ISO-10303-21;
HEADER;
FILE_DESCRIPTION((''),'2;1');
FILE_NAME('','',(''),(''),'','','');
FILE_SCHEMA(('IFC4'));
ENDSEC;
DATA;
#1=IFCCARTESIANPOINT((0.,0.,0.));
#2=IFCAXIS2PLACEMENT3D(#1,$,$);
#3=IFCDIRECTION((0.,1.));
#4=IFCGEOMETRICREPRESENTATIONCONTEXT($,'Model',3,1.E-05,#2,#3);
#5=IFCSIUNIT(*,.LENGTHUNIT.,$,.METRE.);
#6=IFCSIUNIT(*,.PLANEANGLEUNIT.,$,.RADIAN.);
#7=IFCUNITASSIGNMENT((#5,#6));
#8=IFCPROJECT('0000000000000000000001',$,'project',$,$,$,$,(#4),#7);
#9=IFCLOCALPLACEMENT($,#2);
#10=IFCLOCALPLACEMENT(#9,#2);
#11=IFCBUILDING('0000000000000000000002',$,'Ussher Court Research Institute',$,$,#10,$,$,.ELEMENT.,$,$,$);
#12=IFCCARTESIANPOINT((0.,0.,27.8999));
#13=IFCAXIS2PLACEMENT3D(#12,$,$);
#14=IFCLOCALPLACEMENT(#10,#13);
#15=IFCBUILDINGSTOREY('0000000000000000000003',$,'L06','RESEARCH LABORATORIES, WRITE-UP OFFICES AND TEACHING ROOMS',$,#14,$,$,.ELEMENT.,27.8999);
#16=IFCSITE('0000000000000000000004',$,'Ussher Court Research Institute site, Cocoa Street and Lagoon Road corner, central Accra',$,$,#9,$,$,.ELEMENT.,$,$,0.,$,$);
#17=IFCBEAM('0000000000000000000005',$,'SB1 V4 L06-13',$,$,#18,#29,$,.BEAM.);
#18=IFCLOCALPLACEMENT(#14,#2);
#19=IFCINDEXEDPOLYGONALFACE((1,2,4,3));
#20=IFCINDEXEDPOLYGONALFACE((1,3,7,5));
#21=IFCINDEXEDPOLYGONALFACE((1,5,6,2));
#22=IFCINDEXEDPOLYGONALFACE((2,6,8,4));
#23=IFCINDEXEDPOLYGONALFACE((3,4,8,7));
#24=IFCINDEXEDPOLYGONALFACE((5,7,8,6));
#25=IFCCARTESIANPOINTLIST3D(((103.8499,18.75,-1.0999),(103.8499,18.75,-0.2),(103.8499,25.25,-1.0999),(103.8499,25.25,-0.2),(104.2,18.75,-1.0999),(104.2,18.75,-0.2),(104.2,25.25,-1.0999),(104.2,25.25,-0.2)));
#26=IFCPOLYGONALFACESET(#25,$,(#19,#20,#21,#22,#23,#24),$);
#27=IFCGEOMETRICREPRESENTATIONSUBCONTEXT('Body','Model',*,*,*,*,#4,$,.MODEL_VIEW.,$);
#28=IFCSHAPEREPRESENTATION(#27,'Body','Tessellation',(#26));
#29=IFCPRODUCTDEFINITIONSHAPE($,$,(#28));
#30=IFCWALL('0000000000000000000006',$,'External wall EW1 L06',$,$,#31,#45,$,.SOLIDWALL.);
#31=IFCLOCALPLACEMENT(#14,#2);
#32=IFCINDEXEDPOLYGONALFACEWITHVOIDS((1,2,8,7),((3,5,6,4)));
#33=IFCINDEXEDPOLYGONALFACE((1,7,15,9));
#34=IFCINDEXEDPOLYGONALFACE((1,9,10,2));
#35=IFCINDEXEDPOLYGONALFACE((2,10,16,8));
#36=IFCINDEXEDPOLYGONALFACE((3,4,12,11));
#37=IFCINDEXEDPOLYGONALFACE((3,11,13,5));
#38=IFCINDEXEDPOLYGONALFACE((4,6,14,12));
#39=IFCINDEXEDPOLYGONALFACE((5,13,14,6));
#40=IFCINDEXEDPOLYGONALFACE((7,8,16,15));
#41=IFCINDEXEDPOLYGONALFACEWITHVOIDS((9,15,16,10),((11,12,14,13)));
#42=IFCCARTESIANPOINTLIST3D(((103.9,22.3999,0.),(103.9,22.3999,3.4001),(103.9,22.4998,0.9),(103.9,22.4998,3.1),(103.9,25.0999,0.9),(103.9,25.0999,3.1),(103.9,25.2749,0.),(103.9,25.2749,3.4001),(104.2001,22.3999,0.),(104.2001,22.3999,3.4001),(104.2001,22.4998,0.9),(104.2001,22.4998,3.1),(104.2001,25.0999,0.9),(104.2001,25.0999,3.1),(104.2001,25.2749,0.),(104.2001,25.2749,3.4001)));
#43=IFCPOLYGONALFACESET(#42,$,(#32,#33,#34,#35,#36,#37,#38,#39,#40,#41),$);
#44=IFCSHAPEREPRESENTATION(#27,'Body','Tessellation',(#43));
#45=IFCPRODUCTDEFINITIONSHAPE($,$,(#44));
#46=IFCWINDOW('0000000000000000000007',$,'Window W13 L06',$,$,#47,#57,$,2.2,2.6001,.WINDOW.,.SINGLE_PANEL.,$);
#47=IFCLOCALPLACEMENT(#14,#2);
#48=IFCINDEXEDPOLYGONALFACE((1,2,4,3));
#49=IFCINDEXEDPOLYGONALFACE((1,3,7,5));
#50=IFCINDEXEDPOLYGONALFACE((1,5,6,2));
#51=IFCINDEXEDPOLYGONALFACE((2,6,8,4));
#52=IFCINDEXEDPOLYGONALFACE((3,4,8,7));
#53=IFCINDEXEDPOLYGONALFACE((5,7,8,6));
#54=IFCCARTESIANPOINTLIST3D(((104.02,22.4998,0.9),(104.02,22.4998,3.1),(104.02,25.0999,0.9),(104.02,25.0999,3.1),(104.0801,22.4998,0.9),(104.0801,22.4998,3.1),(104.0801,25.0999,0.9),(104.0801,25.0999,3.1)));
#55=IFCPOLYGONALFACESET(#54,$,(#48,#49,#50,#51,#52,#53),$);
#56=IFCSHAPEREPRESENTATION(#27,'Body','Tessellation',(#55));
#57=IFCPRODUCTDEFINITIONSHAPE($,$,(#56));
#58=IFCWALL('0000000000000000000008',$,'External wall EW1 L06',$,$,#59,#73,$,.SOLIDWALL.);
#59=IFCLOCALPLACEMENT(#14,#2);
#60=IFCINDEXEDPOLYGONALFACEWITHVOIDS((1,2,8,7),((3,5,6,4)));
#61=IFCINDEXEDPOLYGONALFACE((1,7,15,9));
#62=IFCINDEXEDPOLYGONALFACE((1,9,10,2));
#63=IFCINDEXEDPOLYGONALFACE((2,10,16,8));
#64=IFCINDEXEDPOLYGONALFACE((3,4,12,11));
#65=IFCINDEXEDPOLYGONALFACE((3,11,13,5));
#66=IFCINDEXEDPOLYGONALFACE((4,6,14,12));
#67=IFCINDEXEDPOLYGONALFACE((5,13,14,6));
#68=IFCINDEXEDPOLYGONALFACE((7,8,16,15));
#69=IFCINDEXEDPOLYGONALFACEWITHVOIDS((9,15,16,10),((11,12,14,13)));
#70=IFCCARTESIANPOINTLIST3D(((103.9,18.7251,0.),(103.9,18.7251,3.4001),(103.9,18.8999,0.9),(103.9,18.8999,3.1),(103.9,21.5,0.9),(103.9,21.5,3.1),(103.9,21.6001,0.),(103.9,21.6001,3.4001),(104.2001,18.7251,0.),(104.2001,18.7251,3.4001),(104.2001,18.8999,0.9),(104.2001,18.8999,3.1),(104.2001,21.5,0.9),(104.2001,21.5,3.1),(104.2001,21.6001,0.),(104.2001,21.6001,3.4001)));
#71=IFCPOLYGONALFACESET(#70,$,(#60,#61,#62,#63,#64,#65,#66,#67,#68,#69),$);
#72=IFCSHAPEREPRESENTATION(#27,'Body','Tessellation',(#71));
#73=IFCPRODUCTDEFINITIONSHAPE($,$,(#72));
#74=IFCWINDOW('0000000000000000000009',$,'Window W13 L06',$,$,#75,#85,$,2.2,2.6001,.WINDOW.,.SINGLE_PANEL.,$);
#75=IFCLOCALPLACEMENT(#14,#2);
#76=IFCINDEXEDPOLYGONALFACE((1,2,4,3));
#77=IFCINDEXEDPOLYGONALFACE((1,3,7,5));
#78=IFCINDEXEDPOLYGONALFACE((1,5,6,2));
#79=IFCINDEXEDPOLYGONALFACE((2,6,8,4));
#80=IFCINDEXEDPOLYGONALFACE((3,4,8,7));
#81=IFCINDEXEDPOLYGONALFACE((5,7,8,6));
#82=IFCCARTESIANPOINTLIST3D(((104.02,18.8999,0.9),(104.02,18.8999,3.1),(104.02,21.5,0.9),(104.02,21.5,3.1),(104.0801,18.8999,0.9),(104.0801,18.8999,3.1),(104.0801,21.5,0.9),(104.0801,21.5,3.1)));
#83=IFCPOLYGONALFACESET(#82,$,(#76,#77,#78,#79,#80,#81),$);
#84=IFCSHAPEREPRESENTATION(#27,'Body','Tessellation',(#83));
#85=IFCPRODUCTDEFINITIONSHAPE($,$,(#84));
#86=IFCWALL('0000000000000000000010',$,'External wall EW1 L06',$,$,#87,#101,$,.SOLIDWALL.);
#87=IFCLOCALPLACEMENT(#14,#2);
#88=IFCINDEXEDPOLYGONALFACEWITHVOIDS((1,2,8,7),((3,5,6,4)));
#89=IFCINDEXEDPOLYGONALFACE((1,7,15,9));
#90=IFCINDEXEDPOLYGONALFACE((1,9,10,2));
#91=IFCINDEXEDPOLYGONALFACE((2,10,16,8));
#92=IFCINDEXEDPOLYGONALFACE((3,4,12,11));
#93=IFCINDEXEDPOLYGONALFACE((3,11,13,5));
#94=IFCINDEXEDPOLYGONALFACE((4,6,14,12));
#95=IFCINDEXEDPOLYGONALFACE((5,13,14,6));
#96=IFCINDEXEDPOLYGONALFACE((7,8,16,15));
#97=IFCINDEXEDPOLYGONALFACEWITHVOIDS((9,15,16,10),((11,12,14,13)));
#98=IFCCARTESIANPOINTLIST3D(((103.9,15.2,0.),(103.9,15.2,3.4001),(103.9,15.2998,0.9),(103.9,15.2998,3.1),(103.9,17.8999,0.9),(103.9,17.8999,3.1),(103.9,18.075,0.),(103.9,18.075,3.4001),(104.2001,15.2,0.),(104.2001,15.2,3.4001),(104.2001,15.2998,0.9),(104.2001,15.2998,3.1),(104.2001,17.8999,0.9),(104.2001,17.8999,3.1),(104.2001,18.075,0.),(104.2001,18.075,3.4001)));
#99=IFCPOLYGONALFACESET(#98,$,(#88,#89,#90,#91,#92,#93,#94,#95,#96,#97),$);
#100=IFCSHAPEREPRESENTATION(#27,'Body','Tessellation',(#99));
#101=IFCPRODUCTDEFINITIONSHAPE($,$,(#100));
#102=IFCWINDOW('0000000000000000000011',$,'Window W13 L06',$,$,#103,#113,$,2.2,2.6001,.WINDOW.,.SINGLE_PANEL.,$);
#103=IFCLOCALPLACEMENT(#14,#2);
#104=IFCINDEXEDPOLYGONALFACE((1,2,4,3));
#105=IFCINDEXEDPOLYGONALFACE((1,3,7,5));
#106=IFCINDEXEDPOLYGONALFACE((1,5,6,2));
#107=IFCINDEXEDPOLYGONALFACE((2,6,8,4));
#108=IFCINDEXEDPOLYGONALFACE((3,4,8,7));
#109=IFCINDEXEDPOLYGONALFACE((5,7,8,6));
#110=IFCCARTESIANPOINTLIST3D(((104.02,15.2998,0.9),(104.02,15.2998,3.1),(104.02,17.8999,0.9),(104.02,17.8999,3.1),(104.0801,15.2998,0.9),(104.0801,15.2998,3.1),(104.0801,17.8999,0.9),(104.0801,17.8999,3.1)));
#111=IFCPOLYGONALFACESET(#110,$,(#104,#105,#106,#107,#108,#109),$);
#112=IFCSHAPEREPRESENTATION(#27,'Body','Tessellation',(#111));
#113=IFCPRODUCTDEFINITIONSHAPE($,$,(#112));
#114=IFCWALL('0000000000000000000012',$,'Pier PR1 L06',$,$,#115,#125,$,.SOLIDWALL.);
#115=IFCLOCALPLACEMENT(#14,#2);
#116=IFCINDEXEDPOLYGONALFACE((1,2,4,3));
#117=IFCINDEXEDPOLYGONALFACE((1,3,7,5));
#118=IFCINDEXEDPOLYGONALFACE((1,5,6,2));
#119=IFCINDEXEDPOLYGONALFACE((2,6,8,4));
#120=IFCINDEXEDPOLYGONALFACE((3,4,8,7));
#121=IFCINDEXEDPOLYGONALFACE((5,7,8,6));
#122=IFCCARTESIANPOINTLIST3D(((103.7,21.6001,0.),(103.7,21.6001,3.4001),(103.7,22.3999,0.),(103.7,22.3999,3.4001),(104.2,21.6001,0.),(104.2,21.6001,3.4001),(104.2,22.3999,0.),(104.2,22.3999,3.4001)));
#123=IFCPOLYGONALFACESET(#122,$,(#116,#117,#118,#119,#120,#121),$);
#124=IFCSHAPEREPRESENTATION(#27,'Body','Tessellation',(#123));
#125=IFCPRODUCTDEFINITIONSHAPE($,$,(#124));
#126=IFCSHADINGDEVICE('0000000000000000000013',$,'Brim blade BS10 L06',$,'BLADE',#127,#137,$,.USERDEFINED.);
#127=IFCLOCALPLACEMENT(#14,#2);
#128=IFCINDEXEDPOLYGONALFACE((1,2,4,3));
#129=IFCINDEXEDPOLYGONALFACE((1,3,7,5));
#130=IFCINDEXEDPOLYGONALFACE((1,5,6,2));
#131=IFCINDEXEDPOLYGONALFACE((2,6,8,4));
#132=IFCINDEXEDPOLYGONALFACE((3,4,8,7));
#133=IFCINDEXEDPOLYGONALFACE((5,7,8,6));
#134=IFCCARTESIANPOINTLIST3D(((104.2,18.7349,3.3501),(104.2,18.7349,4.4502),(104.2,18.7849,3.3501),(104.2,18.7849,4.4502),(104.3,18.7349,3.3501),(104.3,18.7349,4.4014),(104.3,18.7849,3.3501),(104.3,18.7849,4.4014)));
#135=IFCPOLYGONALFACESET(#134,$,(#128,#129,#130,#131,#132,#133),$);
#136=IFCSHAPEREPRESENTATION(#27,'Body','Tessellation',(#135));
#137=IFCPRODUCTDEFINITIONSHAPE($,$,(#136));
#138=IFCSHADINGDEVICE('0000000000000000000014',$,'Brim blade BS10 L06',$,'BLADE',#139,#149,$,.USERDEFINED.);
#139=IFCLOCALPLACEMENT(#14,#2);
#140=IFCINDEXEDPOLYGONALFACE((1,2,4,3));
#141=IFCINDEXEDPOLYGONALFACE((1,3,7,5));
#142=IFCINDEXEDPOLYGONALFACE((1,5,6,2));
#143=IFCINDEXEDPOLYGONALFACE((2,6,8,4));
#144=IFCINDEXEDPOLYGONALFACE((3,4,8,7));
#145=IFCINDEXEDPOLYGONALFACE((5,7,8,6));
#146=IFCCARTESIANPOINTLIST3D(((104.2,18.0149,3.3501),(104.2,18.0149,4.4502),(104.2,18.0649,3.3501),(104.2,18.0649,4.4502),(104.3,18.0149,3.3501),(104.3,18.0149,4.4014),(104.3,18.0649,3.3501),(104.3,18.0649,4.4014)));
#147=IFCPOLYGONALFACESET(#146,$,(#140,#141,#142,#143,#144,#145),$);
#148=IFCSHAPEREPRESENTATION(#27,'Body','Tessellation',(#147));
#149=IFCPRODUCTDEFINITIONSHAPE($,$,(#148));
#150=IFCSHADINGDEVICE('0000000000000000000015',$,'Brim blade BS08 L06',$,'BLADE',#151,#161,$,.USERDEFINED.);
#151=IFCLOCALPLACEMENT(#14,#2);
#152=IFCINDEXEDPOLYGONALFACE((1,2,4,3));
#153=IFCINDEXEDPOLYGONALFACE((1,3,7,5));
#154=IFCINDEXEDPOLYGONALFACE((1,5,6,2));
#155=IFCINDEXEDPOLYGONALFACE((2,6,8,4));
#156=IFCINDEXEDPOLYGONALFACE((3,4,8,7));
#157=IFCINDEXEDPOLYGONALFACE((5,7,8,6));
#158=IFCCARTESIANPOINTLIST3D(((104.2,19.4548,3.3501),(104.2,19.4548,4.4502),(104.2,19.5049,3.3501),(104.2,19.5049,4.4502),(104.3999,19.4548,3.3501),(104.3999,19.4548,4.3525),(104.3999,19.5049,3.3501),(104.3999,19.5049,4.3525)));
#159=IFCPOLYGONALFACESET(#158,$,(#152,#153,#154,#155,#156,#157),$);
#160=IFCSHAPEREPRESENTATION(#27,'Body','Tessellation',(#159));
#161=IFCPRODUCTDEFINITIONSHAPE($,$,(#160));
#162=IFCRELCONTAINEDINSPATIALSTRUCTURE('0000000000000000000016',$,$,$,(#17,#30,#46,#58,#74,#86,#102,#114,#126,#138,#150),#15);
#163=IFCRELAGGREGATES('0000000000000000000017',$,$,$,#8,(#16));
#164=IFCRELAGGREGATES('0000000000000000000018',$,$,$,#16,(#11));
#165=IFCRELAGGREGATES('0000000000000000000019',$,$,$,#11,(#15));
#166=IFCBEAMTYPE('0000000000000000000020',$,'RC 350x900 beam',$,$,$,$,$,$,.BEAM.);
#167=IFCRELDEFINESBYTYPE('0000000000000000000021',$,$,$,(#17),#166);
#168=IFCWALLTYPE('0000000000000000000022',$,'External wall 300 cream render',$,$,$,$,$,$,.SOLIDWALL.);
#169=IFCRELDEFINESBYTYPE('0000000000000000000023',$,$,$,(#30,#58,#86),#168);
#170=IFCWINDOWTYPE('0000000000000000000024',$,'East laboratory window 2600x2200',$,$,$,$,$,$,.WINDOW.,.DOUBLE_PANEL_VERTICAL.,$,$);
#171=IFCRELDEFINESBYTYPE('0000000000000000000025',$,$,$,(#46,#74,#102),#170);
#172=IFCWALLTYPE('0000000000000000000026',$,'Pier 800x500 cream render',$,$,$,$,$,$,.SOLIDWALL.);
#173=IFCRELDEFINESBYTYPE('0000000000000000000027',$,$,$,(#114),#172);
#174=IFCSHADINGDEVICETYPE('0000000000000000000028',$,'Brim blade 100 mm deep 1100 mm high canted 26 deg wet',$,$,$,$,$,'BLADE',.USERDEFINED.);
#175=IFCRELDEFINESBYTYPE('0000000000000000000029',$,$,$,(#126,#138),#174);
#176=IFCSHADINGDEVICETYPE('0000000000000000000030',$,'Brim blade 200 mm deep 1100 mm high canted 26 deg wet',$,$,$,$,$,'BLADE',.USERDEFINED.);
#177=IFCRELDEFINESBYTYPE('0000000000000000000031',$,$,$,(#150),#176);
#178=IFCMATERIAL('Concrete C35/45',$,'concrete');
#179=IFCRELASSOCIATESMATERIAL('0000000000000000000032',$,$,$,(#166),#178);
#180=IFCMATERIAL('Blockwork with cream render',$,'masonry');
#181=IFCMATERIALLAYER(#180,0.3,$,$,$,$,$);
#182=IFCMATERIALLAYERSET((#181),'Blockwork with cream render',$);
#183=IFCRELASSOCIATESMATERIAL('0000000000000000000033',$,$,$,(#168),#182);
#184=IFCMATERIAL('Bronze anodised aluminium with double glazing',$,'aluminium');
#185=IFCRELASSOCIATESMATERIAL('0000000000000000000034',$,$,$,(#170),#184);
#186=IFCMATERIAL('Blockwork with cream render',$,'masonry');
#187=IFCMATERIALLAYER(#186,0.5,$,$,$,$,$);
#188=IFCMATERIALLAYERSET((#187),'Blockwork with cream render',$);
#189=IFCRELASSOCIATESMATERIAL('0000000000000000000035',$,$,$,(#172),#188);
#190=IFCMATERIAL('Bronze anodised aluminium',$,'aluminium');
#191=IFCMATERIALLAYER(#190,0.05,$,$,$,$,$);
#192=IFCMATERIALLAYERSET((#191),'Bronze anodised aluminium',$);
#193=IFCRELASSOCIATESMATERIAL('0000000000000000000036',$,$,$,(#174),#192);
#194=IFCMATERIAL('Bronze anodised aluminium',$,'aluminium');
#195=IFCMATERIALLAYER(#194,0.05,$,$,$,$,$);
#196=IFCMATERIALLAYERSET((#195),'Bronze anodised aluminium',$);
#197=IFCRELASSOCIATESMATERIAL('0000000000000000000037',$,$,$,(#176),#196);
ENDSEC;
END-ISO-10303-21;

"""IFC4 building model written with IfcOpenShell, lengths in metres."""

from ifc_helpers import new_model, si_unit, direction, frame, frame_2d, origin, origin_2d, place, context, subcontext, project, spatial, polyline, rectangle, outline, extrude, material, layer, layer_set, material_profile, profile_set, type_object, element, fill, save


model = new_model("IFC4")

# Units and contexts
model_context = context("Model", 3, precision=1e-05, world=origin(), true_north=direction((0.0, 1.0)))
body_context = subcontext(model_context, "Body", "Model", "MODEL_VIEW")
ifc_project = project(units=[si_unit("LENGTHUNIT", "METRE"), si_unit("PLANEANGLEUNIT", "RADIAN")], contexts=[model_context])

# Site, building, storey
site_placement = place(None, origin())
site = spatial("IfcSite", under=ifc_project, at=site_placement, Name="Ussher Court Research Institute site, Cocoa Street and Lagoon Road corner, central Accra", CompositionType="ELEMENT", RefElevation=0.0)
building_placement = place(site_placement, origin())
building = spatial("IfcBuilding", under=site, at=building_placement, Name="Ussher Court Research Institute", CompositionType="ELEMENT")
storey_placement = place(building_placement, frame((0.0, 0.0, 27.8999)))
storey = spatial("IfcBuildingStorey", under=building, at=storey_placement, Name="L06", Description="RESEARCH LABORATORIES, WRITE-UP OFFICES AND TEACHING ROOMS", CompositionType="ELEMENT", Elevation=27.8999)

# Beam
ifc_material_1 = material(Name="Concrete C35/45", Category="concrete")
ifc_material_profile = material_profile(ifc_material_1, rectangle(XDim=0.3501, YDim=0.8999, at=origin_2d()), Name="RC 350x900")
ifc_profile_set = profile_set([ifc_material_profile], Name="Concrete C35/45")
beam_type = type_object("IfcBeamType", Name="RC 350x900 beam", PredefinedType="BEAM", material=ifc_profile_set)
beam_placement = place(storey_placement, frame((104.0249, 18.75, -0.6499), z_axis=(0.0, 1.0, 0.0), x_axis=(-1.0, 0.0, 0.0)))
element("IfcBeam", 1, at=beam_placement, inside=storey, type_object=beam_type, Name="SB1 V4 L06-13", PredefinedType="BEAM", context=body_context, shape_type="SweptSolid", body=[
    extrude(rectangle(XDim=0.3501, YDim=0.8999, at=origin_2d()), origin(), (0.0, 0.0, 1.0), 6.5),
])

# Walls, openings, windows
ifc_material_2 = material(Name="Blockwork with cream render", Category="masonry")
ifc_layer_1 = layer(ifc_material_2, 0.3)
ifc_layer_set_1 = layer_set([ifc_layer_1], Name="Blockwork with cream render")
wall_type_1 = type_object("IfcWallType", Name="External wall 300 cream render", PredefinedType="SOLIDWALL", material=ifc_layer_set_1)
wall_1_placement = place(storey_placement, frame((104.05, 25.2749, 0.0), z_axis=(0.0, 0.0, 1.0), x_axis=(0.0, -1.0, 0.0)))
wall_1 = element("IfcWall", 2, at=wall_1_placement, inside=storey, type_object=wall_type_1, Name="External wall EW1 L06", PredefinedType="SOLIDWALL", context=body_context, shape_type="SweptSolid", body=[
    extrude(rectangle(XDim=2.875, YDim=0.3, at=frame_2d((1.4375, 0.0))), origin(), (0.0, 0.0, 1.0), 3.4001),
])
opening_1_placement = place(wall_1_placement, frame((0.175, 0.0, 0.8999)))
opening_1 = element("IfcOpeningElement", 3, at=opening_1_placement, cuts=wall_1, PredefinedType="OPENING", context=body_context, shape_type="SweptSolid", body=[
    extrude(rectangle(XDim=2.6001, YDim=2.2, at=frame_2d((1.3, 1.1001))), frame((0.0, 0.1602, 0.0), z_axis=(0.0, -1.0, 0.0), x_axis=(1.0, 0.0, 0.0)), (0.0, 0.0, 1.0), 0.3201),
])
ifc_material_3 = material(Name="Bronze anodised aluminium with double glazing", Category="aluminium")
window_type = type_object("IfcWindowType", Name="East laboratory window 2600x2200", PartitioningType="DOUBLE_PANEL_VERTICAL", PredefinedType="WINDOW", material=ifc_material_3)
window_1_placement = place(opening_1_placement, origin())
window_1 = element("IfcWindow", 4, at=window_1_placement, inside=storey, type_object=window_type, Name="Window W13 L06", OverallHeight=2.2, OverallWidth=2.6001, PartitioningType="SINGLE_PANEL", PredefinedType="WINDOW", context=body_context, shape_type="SweptSolid", body=[
    extrude(rectangle(XDim=2.6001, YDim=2.2, at=frame_2d((1.3, 1.1001))), frame((0.0, 0.03, 0.0), z_axis=(0.0, -1.0, 0.0), x_axis=(1.0, 0.0, 0.0)), (0.0, 0.0, 1.0), 0.0601),
])
fill(opening_1, window_1)
wall_2_placement = place(storey_placement, frame((104.05, 21.6001, 0.0), z_axis=(0.0, 0.0, 1.0), x_axis=(0.0, -1.0, 0.0)))
wall_2 = element("IfcWall", 5, at=wall_2_placement, inside=storey, type_object=wall_type_1, Name="External wall EW1 L06", PredefinedType="SOLIDWALL", context=body_context, shape_type="SweptSolid", body=[
    extrude(rectangle(XDim=2.875, YDim=0.3, at=frame_2d((1.4375, 0.0))), origin(), (0.0, 0.0, 1.0), 3.4001),
])
opening_2_placement = place(wall_2_placement, frame((0.1001, 0.0, 0.8999)))
opening_2 = element("IfcOpeningElement", 6, at=opening_2_placement, cuts=wall_2, PredefinedType="OPENING", context=body_context, shape_type="SweptSolid", body=[
    extrude(rectangle(XDim=2.6001, YDim=2.2, at=frame_2d((1.3, 1.1001))), frame((0.0, 0.1602, 0.0), z_axis=(0.0, -1.0, 0.0), x_axis=(1.0, 0.0, 0.0)), (0.0, 0.0, 1.0), 0.3201),
])
window_2_placement = place(opening_2_placement, origin())
window_2 = element("IfcWindow", 7, at=window_2_placement, inside=storey, type_object=window_type, Name="Window W13 L06", OverallHeight=2.2, OverallWidth=2.6001, PartitioningType="SINGLE_PANEL", PredefinedType="WINDOW", context=body_context, shape_type="SweptSolid", body=[
    extrude(rectangle(XDim=2.6001, YDim=2.2, at=frame_2d((1.3, 1.1001))), frame((0.0, 0.03, 0.0), z_axis=(0.0, -1.0, 0.0), x_axis=(1.0, 0.0, 0.0)), (0.0, 0.0, 1.0), 0.0601),
])
fill(opening_2, window_2)
wall_3_placement = place(storey_placement, frame((104.05, 18.075, 0.0), z_axis=(0.0, 0.0, 1.0), x_axis=(0.0, -1.0, 0.0)))
wall_3 = element("IfcWall", 8, at=wall_3_placement, inside=storey, type_object=wall_type_1, Name="External wall EW1 L06", PredefinedType="SOLIDWALL", context=body_context, shape_type="SweptSolid", body=[
    extrude(rectangle(XDim=2.875, YDim=0.3, at=frame_2d((1.4375, 0.0))), origin(), (0.0, 0.0, 1.0), 3.4001),
])
opening_3_placement = place(wall_3_placement, frame((0.175, 0.0, 0.8999)))
opening_3 = element("IfcOpeningElement", 9, at=opening_3_placement, cuts=wall_3, PredefinedType="OPENING", context=body_context, shape_type="SweptSolid", body=[
    extrude(rectangle(XDim=2.6001, YDim=2.2, at=frame_2d((1.3, 1.1001))), frame((0.0, 0.1602, 0.0), z_axis=(0.0, -1.0, 0.0), x_axis=(1.0, 0.0, 0.0)), (0.0, 0.0, 1.0), 0.3201),
])
window_3_placement = place(opening_3_placement, origin())
window_3 = element("IfcWindow", 10, at=window_3_placement, inside=storey, type_object=window_type, Name="Window W13 L06", OverallHeight=2.2, OverallWidth=2.6001, PartitioningType="SINGLE_PANEL", PredefinedType="WINDOW", context=body_context, shape_type="SweptSolid", body=[
    extrude(rectangle(XDim=2.6001, YDim=2.2, at=frame_2d((1.3, 1.1001))), frame((0.0, 0.03, 0.0), z_axis=(0.0, -1.0, 0.0), x_axis=(1.0, 0.0, 0.0)), (0.0, 0.0, 1.0), 0.0601),
])
fill(opening_3, window_3)

# Wall
ifc_material_4 = material(Name="Blockwork with cream render", Category="masonry")
ifc_layer_2 = layer(ifc_material_4, 0.5)
ifc_layer_set_2 = layer_set([ifc_layer_2], Name="Blockwork with cream render")
wall_type_2 = type_object("IfcWallType", Name="Pier 800x500 cream render", PredefinedType="SOLIDWALL", material=ifc_layer_set_2)
wall_4_placement = place(storey_placement, frame((103.95, 22.3999, 0.0), z_axis=(0.0, 0.0, 1.0), x_axis=(0.0, -1.0, 0.0)))
element("IfcWall", 11, at=wall_4_placement, inside=storey, type_object=wall_type_2, Name="Pier PR1 L06", PredefinedType="SOLIDWALL", context=body_context, shape_type="SweptSolid", body=[
    extrude(rectangle(XDim=0.7998, YDim=0.5, at=frame_2d((0.3999, 0.0))), origin(), (0.0, 0.0, 1.0), 3.4001),
])

# Shading devices
ifc_material_5 = material(Name="Bronze anodised aluminium", Category="aluminium")
ifc_layer_3 = layer(ifc_material_5, 0.05)
ifc_layer_set_3 = layer_set([ifc_layer_3], Name="Bronze anodised aluminium")
shading_device_type_1 = type_object("IfcShadingDeviceType", Name="Brim blade 100 mm deep 1100 mm high canted 26 deg wet", ElementType="BLADE", PredefinedType="USERDEFINED", material=ifc_layer_set_3)
for number, where, z_axis, x_axis, name in (
    (12, (104.2, 18.76, 3.3501), (0.0, 0.0, 1.0), (1.0, 0.0, 0.0), "Brim blade BS10 L06"),
    (13, (104.2, 18.04, 3.3501), (0.0, 0.0, 1.0), (1.0, 0.0, 0.0), "Brim blade BS10 L06"),
):
    element("IfcShadingDevice", number, at=place(storey_placement, frame(where, z_axis=z_axis, x_axis=x_axis)), inside=storey, type_object=shading_device_type_1, Name=name, ObjectType="BLADE", PredefinedType="USERDEFINED", context=body_context, shape_type="SweptSolid", body=[
        extrude(outline(polyline([(0.0, 0.0), (0.1001, 0.0), (0.1001, 1.0513), (0.0, 1.1001), (0.0, 0.0)])), frame((0.0, 0.0249, 0.0), z_axis=(0.0, -1.0, 0.0), x_axis=(1.0, 0.0, 0.0)), (0.0, 0.0, 1.0), 0.05),
    ])
ifc_material_6 = material(Name="Bronze anodised aluminium", Category="aluminium")
ifc_layer_4 = layer(ifc_material_6, 0.05)
ifc_layer_set_4 = layer_set([ifc_layer_4], Name="Bronze anodised aluminium")
shading_device_type_2 = type_object("IfcShadingDeviceType", Name="Brim blade 200 mm deep 1100 mm high canted 26 deg wet", ElementType="BLADE", PredefinedType="USERDEFINED", material=ifc_layer_set_4)
shading_device_1_placement = place(storey_placement, frame((104.2, 19.48, 3.3501), z_axis=(0.0, 0.0, 1.0), x_axis=(1.0, 0.0, 0.0)))
element("IfcShadingDevice", 14, at=shading_device_1_placement, inside=storey, type_object=shading_device_type_2, Name="Brim blade BS08 L06", ObjectType="BLADE", PredefinedType="USERDEFINED", context=body_context, shape_type="SweptSolid", body=[
    extrude(outline(polyline([(0.0, 0.0), (0.2, 0.0), (0.2, 1.0024), (0.0, 1.1001), (0.0, 0.0)])), frame((0.0, 0.0249, 0.0), z_axis=(0.0, -1.0, 0.0), x_axis=(1.0, 0.0, 0.0)), (0.0, 0.0, 1.0), 0.05),
])

save(model, "model.ifc")
